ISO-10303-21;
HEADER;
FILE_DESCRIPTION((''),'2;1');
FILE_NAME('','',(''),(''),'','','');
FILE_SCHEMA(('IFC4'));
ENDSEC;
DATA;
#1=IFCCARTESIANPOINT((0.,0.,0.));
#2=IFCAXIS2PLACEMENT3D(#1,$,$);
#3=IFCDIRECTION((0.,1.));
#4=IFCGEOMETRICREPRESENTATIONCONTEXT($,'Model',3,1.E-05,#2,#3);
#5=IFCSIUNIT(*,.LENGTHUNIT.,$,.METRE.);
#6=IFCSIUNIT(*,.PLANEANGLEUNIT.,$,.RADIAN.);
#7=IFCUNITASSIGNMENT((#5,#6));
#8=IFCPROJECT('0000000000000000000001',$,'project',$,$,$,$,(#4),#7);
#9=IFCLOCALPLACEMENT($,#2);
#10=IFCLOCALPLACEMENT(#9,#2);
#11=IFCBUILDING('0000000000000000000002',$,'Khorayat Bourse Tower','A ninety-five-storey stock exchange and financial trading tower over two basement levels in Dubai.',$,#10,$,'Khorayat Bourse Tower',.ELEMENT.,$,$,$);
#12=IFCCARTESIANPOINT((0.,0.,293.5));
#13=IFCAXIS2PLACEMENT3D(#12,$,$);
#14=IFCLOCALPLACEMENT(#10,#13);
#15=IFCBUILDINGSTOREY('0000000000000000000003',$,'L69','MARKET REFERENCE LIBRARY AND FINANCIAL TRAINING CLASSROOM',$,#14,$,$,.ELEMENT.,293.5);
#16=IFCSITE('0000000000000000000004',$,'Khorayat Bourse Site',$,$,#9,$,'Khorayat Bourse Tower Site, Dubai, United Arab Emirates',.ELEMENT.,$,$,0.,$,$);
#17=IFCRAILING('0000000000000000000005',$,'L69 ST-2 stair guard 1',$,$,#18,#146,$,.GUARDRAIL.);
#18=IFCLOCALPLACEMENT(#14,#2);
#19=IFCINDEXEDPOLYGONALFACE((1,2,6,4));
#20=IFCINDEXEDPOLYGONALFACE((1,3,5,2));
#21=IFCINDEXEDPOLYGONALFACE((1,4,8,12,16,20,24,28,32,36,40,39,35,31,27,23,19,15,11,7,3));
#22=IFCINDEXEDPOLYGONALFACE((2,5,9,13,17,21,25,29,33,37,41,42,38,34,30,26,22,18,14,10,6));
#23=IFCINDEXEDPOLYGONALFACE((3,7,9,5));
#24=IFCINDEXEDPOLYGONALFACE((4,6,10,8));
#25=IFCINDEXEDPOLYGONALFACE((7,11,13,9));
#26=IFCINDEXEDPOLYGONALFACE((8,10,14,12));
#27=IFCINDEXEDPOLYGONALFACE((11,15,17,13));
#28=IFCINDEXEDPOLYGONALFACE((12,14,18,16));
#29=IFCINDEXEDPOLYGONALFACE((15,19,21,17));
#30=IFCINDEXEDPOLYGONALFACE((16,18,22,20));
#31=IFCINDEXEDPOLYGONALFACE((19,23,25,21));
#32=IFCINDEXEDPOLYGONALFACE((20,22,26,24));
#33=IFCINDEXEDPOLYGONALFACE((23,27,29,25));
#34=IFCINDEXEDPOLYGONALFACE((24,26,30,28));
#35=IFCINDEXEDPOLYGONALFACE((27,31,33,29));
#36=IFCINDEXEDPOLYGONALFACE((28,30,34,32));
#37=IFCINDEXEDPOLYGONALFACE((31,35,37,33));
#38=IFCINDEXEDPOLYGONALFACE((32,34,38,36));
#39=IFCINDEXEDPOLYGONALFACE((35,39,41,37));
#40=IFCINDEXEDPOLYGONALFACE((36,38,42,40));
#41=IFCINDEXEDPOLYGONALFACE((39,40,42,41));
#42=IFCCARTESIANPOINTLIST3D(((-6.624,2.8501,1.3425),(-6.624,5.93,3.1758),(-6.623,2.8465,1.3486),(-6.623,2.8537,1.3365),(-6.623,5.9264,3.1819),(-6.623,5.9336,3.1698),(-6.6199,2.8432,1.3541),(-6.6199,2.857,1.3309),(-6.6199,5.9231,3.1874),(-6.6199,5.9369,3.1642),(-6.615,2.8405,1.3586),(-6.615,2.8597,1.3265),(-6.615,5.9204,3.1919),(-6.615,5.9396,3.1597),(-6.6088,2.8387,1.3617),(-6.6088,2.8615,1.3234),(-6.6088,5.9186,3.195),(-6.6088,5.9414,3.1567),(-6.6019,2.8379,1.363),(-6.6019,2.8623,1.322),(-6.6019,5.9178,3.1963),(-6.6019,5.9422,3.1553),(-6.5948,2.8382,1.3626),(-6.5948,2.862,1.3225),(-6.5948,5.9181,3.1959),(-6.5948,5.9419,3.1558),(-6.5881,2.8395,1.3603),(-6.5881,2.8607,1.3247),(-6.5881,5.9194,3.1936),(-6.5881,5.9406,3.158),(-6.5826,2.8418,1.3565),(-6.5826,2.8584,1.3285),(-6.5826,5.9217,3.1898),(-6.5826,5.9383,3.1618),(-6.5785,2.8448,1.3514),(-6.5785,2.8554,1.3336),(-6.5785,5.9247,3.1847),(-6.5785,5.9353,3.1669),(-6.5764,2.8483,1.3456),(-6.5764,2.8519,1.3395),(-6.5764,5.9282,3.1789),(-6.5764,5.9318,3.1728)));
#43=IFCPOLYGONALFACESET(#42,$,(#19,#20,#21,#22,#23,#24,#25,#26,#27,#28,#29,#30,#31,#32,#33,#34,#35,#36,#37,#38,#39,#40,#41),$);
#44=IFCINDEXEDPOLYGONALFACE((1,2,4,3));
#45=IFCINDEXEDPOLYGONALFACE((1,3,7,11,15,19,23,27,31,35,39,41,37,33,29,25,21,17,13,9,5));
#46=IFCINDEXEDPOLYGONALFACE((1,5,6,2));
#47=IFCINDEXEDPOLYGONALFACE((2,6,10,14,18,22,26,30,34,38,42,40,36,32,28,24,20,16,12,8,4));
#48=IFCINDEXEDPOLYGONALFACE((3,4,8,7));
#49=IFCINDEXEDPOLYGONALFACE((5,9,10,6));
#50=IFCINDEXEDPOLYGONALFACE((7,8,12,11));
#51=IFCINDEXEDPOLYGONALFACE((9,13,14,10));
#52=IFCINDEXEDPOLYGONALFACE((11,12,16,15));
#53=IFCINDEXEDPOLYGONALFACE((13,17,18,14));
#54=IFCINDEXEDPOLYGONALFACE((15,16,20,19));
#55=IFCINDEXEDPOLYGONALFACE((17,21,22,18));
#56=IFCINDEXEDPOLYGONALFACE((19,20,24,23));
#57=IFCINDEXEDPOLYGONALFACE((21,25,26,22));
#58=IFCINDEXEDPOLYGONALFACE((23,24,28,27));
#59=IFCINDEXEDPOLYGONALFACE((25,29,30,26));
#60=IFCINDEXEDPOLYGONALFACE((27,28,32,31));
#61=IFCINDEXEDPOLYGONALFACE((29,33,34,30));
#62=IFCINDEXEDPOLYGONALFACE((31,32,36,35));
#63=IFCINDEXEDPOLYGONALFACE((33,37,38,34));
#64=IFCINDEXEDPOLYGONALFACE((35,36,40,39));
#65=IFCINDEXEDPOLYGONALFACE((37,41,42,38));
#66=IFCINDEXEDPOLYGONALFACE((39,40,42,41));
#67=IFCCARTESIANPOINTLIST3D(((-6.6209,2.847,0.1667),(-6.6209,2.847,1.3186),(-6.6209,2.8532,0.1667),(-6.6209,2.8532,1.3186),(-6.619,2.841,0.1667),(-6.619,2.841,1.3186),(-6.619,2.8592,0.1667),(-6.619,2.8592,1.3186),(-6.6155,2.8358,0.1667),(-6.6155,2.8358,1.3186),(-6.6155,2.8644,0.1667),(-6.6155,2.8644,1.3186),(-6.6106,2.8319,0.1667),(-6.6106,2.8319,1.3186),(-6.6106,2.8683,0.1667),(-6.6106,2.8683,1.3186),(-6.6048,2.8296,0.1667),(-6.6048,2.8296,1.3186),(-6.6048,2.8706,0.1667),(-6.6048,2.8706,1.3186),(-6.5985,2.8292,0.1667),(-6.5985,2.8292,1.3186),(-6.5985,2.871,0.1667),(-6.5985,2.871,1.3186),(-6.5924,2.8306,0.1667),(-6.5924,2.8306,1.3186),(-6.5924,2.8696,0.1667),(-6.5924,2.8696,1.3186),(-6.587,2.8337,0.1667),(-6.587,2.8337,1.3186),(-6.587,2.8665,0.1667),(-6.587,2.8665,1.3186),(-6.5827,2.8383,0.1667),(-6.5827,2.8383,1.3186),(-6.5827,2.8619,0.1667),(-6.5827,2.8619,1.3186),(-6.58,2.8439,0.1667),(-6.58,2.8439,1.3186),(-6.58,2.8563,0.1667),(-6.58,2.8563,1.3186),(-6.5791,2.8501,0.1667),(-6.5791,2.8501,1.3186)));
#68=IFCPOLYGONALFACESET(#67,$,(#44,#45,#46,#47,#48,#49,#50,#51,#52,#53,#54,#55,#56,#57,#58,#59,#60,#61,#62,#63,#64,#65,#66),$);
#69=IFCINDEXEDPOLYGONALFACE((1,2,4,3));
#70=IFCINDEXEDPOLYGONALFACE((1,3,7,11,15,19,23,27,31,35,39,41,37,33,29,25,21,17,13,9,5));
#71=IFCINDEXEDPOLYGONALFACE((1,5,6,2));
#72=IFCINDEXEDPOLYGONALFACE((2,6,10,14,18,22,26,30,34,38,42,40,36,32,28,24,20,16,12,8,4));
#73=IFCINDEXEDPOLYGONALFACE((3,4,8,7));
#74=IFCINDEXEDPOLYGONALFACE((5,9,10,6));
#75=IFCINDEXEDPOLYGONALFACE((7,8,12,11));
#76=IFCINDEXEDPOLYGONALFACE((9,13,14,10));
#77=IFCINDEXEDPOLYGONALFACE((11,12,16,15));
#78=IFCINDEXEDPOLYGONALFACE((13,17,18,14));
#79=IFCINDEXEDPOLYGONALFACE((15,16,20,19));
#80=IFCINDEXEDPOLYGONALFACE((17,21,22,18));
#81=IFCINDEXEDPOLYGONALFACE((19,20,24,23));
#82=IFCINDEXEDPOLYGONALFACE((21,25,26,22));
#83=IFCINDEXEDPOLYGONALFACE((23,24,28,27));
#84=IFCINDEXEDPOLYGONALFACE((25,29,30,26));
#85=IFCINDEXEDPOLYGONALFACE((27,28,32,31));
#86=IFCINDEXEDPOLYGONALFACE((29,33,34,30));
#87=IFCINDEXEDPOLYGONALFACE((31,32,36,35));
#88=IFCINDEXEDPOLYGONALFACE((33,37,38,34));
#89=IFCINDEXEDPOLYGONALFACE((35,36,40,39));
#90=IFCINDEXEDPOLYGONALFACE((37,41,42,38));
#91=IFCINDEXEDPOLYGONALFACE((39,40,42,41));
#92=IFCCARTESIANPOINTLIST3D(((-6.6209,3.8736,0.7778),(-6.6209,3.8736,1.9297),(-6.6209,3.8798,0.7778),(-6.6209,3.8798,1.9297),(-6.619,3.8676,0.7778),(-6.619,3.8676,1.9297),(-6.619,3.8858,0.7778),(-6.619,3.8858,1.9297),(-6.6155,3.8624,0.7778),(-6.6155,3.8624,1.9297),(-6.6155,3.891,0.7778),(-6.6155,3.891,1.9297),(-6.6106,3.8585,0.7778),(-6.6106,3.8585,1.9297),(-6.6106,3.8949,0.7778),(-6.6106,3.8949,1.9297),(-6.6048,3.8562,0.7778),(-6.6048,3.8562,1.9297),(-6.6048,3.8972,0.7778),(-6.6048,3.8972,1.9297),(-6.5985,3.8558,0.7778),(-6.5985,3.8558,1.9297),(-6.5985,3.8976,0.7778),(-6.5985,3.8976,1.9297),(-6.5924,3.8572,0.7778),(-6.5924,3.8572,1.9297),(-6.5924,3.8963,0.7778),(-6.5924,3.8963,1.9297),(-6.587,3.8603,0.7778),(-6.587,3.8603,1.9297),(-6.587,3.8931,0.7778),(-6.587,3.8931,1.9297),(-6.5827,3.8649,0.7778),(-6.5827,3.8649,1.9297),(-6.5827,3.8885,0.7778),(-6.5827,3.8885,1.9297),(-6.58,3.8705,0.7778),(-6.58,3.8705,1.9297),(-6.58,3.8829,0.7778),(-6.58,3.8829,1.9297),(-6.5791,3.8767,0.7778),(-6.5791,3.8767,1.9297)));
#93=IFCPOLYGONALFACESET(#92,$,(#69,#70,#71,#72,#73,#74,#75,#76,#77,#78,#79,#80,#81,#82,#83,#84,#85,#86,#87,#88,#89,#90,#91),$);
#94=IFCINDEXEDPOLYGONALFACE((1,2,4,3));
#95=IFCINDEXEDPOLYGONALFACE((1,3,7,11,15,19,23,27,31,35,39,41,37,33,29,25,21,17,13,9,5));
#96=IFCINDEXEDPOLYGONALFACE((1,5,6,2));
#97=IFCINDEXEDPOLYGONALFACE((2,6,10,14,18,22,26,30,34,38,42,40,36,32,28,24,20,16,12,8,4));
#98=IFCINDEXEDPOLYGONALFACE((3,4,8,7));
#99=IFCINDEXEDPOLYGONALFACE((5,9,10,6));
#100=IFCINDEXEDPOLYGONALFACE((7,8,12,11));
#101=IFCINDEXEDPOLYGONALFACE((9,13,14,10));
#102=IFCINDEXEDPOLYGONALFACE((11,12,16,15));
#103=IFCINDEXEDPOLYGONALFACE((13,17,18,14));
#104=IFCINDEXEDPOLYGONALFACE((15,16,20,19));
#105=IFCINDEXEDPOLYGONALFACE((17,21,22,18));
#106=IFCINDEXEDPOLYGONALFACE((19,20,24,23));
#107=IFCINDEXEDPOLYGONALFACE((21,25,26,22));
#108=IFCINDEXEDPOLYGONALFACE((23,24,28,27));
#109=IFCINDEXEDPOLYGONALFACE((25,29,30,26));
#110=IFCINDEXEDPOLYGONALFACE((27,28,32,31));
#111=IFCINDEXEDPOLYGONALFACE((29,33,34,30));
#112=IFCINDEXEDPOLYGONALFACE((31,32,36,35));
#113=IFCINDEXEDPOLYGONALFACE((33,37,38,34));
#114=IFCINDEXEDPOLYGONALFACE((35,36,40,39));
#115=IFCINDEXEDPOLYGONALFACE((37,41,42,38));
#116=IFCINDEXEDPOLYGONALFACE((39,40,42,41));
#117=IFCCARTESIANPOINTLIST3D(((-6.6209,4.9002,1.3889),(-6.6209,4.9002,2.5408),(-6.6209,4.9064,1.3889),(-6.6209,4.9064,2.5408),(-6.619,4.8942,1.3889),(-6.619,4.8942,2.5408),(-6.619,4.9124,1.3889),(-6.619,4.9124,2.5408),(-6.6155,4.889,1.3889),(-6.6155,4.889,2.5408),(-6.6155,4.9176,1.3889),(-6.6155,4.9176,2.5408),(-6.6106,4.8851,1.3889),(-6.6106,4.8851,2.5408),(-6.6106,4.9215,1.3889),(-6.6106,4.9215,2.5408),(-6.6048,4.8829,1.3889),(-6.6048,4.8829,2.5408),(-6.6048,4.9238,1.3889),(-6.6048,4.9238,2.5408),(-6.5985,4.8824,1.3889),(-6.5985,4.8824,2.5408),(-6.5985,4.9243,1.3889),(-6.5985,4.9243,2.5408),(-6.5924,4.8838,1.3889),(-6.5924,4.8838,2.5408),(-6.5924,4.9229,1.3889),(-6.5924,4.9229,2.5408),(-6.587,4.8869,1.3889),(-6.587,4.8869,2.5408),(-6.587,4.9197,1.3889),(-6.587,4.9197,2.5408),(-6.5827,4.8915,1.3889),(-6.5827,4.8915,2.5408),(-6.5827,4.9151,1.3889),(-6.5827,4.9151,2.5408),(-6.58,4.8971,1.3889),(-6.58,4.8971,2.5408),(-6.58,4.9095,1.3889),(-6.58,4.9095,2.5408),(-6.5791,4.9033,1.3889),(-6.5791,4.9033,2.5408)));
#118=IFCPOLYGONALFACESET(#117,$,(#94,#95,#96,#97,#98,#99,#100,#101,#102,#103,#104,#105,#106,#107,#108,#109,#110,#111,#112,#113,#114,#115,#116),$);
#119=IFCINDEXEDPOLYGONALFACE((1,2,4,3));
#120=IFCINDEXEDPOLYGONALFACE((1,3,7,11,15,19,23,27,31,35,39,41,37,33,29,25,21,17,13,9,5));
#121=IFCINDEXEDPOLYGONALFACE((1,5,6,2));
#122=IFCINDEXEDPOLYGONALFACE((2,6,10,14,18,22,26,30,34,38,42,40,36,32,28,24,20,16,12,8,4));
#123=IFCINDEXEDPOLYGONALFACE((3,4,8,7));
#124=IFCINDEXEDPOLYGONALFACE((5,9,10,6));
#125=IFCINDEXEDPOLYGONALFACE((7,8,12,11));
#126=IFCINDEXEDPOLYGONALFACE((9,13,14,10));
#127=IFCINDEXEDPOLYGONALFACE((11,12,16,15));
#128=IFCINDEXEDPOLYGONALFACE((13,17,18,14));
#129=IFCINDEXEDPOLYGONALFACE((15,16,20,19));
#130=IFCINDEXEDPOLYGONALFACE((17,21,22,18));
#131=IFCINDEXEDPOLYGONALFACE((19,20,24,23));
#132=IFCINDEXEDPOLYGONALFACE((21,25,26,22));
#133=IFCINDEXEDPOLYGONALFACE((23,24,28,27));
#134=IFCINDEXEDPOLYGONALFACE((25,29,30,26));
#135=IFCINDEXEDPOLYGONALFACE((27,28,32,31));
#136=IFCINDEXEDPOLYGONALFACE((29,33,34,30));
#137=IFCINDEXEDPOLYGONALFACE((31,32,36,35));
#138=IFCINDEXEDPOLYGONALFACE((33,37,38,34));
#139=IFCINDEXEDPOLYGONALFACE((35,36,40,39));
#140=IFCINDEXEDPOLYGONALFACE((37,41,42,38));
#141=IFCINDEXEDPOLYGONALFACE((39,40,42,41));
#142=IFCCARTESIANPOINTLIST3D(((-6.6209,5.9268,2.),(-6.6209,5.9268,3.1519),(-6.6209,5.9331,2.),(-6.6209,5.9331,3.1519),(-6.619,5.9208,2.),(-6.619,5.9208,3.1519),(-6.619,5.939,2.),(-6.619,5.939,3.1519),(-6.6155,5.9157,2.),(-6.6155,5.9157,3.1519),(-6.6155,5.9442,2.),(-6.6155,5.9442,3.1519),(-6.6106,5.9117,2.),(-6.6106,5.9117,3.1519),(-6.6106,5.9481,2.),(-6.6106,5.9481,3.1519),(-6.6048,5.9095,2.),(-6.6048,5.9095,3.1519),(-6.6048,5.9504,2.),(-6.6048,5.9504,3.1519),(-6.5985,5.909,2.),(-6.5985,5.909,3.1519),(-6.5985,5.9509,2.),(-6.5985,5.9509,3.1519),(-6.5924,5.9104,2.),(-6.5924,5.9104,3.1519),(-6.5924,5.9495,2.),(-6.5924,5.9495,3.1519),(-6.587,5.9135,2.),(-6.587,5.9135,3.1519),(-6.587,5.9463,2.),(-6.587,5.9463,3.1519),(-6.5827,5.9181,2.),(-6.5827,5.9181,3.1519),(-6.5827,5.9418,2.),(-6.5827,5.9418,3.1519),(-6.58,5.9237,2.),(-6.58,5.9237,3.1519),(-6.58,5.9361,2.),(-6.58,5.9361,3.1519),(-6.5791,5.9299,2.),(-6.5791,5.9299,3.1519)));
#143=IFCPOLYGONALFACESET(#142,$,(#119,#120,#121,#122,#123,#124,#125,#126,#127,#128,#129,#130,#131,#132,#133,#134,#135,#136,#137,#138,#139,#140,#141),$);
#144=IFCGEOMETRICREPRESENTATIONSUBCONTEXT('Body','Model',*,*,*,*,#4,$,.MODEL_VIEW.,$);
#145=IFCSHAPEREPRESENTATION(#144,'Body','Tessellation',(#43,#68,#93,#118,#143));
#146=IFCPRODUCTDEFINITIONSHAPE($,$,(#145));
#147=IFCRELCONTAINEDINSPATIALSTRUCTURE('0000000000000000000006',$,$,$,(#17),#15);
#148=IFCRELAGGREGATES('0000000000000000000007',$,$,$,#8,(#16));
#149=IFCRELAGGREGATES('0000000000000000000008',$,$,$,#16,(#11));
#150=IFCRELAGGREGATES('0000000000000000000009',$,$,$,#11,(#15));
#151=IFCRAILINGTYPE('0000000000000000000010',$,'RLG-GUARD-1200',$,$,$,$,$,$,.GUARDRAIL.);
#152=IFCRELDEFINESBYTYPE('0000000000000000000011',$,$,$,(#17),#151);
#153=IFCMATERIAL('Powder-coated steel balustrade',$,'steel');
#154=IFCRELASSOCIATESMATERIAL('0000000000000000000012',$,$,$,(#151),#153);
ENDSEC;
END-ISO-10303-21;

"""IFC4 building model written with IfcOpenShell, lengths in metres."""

from ifc_helpers import new_model, si_unit, direction, frame, origin, origin_2d, place, context, subcontext, project, spatial, circle, extrude, source, transform, mapped, material, type_object, element, save


model = new_model("IFC4")

# Units and contexts
model_context = context("Model", 3, precision=1e-05, world=origin(), true_north=direction((0.0, 1.0)))
body_context = subcontext(model_context, "Body", "Model", "MODEL_VIEW")
ifc_project = project(units=[si_unit("LENGTHUNIT", "METRE"), si_unit("PLANEANGLEUNIT", "RADIAN")], contexts=[model_context])

# Site, building, storey
site_placement = place(None, origin())
site = spatial("IfcSite", under=ifc_project, at=site_placement, Name="Khorayat Bourse Site", LongName="Khorayat Bourse Tower Site, Dubai, United Arab Emirates", CompositionType="ELEMENT", RefElevation=0.0)
building_placement = place(site_placement, origin())
building = spatial("IfcBuilding", under=site, at=building_placement, Name="Khorayat Bourse Tower", Description="A ninety-five-storey stock exchange and financial trading tower over two basement levels in Dubai.", LongName="Khorayat Bourse Tower", CompositionType="ELEMENT")
storey_placement = place(building_placement, frame((0.0, 0.0, 293.5)))
storey = spatial("IfcBuildingStorey", under=building, at=storey_placement, Name="L69", Description="MARKET REFERENCE LIBRARY AND FINANCIAL TRAINING CLASSROOM", CompositionType="ELEMENT", Elevation=293.5)

# Railing
ifc_material_1 = material(Name="Powder-coated steel balustrade", Category="steel")
railing_type_1 = type_object("IfcRailingType", Name="RLG-GUARD-1200", PredefinedType="GUARDRAIL", material=ifc_material_1)
shared_shape_1 = source(origin(), body_context, "Body", "SweptSolid", [
    extrude(circle(Radius=0.0239, at=origin_2d()), frame((0.0, 0.0, 1.1758), z_axis=(0.0, 0.859291, 0.511487), x_axis=(-1.0, 0.0, 0.0)), (0.0, 0.0, 1.0), 3.5842),
    extrude(circle(Radius=0.021, at=origin_2d()), origin(), (0.0, 0.0, 1.0), 1.1519),
    extrude(circle(Radius=0.021, at=origin_2d()), frame((0.0, 1.0266, 0.6111)), (0.0, 0.0, 1.0), 1.1519),
    extrude(circle(Radius=0.021, at=origin_2d()), frame((0.0, 2.0532, 1.2222)), (0.0, 0.0, 1.0), 1.1519),
    extrude(circle(Radius=0.021, at=origin_2d()), frame((0.0, 3.0798, 1.8333)), (0.0, 0.0, 1.0), 1.1519),
])
railing_1_placement = place(storey_placement, frame((-6.6001, 2.8501, 0.1667)))
element("IfcRailing", 1, at=railing_1_placement, inside=storey, type_object=railing_type_1, Name="L69 ST-2 stair guard 1", PredefinedType="GUARDRAIL", context=body_context, shape_type="MappedRepresentation", body=[
    mapped(shared_shape_1, transform((0.0, 0.0, 0.0), scale=1.0)),
])

save(model, "model.ifc")
